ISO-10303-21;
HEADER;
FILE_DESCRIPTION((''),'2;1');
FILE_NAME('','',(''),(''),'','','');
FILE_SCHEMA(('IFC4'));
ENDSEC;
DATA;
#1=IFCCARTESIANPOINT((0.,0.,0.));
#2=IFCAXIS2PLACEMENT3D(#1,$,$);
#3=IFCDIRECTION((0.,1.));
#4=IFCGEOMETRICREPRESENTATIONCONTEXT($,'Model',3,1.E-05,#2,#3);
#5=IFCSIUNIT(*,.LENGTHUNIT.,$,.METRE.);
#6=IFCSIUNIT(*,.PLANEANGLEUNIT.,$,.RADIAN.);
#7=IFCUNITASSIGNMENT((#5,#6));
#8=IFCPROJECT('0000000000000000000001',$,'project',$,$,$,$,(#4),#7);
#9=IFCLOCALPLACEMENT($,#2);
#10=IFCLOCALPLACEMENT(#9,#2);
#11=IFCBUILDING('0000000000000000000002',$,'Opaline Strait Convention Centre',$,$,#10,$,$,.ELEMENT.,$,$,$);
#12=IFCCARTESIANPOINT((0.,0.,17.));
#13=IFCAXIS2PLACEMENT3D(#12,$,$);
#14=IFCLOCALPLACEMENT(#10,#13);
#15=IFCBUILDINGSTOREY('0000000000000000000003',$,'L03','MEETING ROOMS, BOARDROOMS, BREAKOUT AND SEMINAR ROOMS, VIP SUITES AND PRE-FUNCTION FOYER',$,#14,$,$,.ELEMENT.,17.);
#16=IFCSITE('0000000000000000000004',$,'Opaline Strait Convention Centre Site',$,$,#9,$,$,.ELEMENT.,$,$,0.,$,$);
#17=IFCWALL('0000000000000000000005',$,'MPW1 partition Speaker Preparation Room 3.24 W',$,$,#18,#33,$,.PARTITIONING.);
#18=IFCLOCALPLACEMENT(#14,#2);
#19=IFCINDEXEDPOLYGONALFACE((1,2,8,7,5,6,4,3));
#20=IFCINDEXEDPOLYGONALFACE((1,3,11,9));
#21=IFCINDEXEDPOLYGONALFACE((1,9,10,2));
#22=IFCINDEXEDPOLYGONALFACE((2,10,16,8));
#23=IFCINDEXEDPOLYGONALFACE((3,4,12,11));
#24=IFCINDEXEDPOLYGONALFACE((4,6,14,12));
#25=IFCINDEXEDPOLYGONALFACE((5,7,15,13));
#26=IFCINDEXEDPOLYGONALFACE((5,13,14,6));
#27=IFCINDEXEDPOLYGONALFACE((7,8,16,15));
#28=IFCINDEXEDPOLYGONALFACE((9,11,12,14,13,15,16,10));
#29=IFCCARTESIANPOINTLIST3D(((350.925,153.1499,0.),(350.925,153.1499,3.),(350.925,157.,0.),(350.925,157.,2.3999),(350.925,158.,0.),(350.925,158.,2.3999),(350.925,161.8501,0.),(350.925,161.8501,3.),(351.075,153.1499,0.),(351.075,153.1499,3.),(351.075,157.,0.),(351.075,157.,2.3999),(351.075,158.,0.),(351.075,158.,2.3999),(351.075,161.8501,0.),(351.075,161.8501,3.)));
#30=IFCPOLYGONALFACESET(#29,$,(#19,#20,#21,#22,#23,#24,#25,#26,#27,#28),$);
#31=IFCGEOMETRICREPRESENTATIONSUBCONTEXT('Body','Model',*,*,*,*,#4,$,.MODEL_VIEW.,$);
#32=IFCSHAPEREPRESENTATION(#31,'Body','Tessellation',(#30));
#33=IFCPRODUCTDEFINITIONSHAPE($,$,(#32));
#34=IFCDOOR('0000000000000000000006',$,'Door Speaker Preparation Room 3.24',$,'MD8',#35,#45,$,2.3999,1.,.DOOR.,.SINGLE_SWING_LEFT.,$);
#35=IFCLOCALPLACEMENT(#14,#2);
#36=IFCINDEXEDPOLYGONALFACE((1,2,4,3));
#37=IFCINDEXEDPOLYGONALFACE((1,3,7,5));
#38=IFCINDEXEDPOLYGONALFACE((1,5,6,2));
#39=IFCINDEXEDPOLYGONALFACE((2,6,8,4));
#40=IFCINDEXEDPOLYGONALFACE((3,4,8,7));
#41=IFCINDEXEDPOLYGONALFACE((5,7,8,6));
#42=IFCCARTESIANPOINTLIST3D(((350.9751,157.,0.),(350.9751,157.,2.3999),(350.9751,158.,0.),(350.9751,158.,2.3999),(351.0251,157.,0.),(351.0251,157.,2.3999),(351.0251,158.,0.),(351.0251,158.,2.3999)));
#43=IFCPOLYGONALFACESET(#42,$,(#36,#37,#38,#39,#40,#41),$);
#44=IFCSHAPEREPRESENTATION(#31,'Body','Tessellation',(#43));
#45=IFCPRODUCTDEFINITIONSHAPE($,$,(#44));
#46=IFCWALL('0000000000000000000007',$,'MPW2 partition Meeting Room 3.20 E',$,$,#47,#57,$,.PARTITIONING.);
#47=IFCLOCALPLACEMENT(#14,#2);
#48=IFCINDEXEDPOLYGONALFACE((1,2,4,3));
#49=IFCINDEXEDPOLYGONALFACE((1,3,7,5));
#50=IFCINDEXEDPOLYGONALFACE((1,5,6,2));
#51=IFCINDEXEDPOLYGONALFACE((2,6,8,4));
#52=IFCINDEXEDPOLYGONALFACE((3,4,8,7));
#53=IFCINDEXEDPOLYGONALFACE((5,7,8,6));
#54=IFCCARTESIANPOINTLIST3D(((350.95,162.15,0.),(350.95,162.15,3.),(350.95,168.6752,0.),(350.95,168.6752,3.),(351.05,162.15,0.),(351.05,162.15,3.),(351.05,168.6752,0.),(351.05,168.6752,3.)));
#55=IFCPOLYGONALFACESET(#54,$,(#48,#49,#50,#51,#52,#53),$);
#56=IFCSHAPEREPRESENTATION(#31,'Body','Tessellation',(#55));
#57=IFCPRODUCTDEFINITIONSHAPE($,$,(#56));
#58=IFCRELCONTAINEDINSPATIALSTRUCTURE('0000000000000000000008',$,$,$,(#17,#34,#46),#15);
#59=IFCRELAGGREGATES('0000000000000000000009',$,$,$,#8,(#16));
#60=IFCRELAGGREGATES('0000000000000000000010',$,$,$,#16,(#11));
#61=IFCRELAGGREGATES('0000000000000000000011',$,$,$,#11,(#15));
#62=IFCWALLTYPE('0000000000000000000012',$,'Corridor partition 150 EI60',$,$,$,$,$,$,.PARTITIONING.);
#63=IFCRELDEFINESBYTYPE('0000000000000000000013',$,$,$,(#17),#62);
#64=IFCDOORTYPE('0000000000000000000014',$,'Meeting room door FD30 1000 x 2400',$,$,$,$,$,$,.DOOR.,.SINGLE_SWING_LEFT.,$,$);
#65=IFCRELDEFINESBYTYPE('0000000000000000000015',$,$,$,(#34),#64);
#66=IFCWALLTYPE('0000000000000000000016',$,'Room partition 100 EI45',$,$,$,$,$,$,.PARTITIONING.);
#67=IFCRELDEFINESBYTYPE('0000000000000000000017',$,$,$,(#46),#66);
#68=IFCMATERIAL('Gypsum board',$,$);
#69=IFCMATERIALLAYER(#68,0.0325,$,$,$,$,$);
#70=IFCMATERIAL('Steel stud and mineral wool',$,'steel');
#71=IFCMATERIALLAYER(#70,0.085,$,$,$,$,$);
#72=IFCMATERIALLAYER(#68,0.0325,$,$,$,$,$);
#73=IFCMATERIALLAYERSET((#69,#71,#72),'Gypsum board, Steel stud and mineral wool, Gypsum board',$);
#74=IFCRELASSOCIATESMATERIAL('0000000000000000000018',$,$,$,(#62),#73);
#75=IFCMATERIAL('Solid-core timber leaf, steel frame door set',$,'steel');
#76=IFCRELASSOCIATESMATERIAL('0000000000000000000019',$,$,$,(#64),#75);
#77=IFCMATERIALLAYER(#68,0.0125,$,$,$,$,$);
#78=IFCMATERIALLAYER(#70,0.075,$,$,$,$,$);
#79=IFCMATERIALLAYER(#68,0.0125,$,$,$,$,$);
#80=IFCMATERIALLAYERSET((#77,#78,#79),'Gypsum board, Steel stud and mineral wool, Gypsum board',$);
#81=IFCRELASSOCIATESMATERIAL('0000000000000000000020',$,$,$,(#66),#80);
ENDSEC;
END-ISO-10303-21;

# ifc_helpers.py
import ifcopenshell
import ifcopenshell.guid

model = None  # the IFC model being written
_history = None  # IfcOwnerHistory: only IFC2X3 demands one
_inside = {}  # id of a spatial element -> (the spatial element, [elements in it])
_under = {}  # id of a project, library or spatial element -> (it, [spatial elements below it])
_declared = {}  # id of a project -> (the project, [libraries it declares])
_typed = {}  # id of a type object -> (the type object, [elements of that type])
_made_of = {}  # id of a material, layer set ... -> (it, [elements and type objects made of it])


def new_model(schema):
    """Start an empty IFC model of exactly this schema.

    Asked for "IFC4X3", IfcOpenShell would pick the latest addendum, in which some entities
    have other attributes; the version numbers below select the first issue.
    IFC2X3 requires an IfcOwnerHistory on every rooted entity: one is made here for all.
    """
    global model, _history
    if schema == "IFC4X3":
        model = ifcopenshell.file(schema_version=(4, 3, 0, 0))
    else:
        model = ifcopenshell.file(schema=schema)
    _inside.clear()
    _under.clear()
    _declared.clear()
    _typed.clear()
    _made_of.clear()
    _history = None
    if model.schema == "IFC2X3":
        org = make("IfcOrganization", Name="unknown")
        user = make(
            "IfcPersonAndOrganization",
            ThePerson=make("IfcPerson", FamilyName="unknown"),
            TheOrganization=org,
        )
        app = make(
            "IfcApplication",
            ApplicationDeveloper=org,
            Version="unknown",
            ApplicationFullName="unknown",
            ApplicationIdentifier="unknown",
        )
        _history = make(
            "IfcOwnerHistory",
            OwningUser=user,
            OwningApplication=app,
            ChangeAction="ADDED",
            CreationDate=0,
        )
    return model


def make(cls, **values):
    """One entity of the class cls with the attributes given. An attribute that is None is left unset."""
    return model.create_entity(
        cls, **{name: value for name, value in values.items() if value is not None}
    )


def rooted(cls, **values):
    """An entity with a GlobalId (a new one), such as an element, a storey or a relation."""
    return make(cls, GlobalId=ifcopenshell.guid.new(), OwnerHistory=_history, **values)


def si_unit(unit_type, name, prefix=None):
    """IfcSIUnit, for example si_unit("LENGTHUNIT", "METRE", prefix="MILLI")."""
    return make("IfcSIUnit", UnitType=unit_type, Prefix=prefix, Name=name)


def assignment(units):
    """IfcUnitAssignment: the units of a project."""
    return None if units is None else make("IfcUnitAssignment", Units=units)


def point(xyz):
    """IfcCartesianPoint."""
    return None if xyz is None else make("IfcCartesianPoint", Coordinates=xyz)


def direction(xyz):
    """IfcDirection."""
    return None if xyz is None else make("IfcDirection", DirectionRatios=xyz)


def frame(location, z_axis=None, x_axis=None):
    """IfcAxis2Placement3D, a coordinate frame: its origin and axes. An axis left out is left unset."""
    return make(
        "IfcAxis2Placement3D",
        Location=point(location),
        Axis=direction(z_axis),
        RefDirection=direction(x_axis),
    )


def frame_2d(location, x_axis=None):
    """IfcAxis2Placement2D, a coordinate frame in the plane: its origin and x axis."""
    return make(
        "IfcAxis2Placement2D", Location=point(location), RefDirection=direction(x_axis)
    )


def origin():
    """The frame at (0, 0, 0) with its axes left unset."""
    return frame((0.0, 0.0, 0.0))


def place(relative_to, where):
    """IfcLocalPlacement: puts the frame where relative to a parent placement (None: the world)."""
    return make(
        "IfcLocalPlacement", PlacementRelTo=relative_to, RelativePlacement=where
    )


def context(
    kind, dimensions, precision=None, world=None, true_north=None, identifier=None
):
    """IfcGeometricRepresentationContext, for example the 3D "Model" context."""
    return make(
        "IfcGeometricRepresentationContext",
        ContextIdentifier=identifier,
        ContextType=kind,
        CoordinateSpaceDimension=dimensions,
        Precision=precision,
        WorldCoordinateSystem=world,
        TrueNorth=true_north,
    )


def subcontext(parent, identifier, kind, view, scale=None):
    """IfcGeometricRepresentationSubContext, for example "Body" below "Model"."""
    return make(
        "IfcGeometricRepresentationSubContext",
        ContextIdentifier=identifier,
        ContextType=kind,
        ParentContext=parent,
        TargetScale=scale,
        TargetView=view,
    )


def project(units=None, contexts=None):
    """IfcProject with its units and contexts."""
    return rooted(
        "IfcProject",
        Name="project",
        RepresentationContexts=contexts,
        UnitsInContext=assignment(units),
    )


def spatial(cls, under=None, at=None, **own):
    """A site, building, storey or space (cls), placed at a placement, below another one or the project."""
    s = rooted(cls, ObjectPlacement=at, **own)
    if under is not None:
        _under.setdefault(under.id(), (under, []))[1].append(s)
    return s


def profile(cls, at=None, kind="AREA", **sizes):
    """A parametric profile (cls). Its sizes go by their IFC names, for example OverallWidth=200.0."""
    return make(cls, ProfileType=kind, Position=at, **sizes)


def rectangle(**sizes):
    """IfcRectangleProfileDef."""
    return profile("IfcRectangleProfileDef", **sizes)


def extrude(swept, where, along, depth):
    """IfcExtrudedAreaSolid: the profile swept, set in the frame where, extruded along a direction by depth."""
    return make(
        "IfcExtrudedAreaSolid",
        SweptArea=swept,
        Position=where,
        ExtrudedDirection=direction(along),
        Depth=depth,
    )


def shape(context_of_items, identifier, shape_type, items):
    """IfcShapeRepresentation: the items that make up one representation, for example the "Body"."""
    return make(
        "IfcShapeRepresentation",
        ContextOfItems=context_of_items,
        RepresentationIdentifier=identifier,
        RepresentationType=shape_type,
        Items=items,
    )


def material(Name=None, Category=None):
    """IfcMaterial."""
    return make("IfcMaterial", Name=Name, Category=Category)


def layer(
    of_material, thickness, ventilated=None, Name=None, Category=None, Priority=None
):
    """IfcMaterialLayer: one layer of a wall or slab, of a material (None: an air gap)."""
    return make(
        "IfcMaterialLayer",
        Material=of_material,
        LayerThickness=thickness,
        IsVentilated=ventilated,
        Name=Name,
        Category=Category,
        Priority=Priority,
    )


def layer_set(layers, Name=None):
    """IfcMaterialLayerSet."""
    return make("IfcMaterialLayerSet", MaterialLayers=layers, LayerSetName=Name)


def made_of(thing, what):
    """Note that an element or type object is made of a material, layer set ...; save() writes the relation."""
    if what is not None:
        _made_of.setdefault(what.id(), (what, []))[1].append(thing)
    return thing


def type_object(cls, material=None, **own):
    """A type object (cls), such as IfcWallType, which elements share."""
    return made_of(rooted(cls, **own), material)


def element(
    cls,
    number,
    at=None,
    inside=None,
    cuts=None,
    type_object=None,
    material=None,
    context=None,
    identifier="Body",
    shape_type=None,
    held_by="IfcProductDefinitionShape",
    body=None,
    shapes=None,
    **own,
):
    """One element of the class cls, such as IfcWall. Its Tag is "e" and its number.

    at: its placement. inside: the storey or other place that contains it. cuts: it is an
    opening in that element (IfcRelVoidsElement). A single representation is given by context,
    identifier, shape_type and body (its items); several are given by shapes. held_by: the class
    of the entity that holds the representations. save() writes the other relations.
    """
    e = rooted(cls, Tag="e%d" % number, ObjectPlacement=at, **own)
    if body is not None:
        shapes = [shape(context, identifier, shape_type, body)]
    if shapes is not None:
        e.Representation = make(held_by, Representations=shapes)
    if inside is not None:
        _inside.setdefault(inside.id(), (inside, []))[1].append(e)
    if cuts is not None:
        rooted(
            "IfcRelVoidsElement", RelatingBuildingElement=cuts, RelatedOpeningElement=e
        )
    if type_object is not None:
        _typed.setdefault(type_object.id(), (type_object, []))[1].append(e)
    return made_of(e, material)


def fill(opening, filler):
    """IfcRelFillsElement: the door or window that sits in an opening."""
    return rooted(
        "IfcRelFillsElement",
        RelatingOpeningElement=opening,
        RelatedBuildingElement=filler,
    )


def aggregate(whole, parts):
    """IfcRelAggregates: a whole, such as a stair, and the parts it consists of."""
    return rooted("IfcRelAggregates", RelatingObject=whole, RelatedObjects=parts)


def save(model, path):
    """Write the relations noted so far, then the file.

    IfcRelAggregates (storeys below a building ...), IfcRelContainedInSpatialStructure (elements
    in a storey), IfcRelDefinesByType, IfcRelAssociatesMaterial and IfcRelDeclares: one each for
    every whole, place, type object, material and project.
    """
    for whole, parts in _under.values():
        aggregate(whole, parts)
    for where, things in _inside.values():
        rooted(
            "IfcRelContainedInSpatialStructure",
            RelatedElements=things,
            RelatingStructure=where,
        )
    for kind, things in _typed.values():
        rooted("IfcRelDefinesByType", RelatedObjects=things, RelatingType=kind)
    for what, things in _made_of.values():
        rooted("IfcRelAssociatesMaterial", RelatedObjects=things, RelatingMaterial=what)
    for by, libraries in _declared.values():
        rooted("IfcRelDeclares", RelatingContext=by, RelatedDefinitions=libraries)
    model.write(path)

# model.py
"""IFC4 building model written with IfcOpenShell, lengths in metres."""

from ifc_helpers import new_model, si_unit, direction, frame, frame_2d, origin, place, context, subcontext, project, spatial, rectangle, extrude, material, layer, layer_set, type_object, element, fill, save


model = new_model("IFC4")

# Units and contexts
model_context = context("Model", 3, precision=1e-05, world=origin(), true_north=direction((0.0, 1.0)))
body_context = subcontext(model_context, "Body", "Model", "MODEL_VIEW")
ifc_project = project(units=[si_unit("LENGTHUNIT", "METRE"), si_unit("PLANEANGLEUNIT", "RADIAN")], contexts=[model_context])

# Site, building, storey
site_placement = place(None, origin())
site = spatial("IfcSite", under=ifc_project, at=site_placement, Name="Opaline Strait Convention Centre Site", CompositionType="ELEMENT", RefElevation=0.0)
building_placement = place(site_placement, origin())
building = spatial("IfcBuilding", under=site, at=building_placement, Name="Opaline Strait Convention Centre", CompositionType="ELEMENT")
storey_placement = place(building_placement, frame((0.0, 0.0, 17.0)))
storey = spatial("IfcBuildingStorey", under=building, at=storey_placement, Name="L03", Description="MEETING ROOMS, BOARDROOMS, BREAKOUT AND SEMINAR ROOMS, VIP SUITES AND PRE-FUNCTION FOYER", CompositionType="ELEMENT", Elevation=17.0)

# Shared definitions
ifc_material_1 = material(Name="Gypsum board")
ifc_material_2 = material(Name="Steel stud and mineral wool", Category="steel")
ifc_layer_1 = layer(ifc_material_1, 0.0325)
ifc_layer_2 = layer(ifc_material_2, 0.085)
ifc_layer_3 = layer(ifc_material_1, 0.0325)
ifc_layer_set_1 = layer_set([ifc_layer_1, ifc_layer_2, ifc_layer_3], Name="Gypsum board, Steel stud and mineral wool, Gypsum board")
wall_type_1 = type_object("IfcWallType", Name="Corridor partition 150 EI60", PredefinedType="PARTITIONING", material=ifc_layer_set_1)

# Wall, opening, door
wall_1_placement = place(storey_placement, frame((351.0, 153.1499, 0.0), z_axis=(0.0, 0.0, 1.0), x_axis=(0.0, 1.0, 0.0)))
wall_1 = element("IfcWall", 1, at=wall_1_placement, inside=storey, type_object=wall_type_1, Name="MPW1 partition Speaker Preparation Room 3.24 W", PredefinedType="PARTITIONING", context=body_context, shape_type="SweptSolid", body=[
    extrude(rectangle(XDim=8.7002, YDim=0.1499, at=frame_2d((4.3501, 0.0))), origin(), (0.0, 0.0, 1.0), 3.0),
])
opening_placement = place(wall_1_placement, frame((3.8501, 0.0, 0.0)))
opening = element("IfcOpeningElement", 2, at=opening_placement, cuts=wall_1, PredefinedType="OPENING", context=body_context, shape_type="SweptSolid", body=[
    extrude(rectangle(XDim=1.0, YDim=2.3999, at=frame_2d((0.5, 1.2))), frame((0.0, 0.085, 0.0), z_axis=(0.0, -1.0, 0.0), x_axis=(1.0, 0.0, 0.0)), (0.0, 0.0, 1.0), 0.1699),
])
ifc_material_3 = material(Name="Solid-core timber leaf, steel frame door set", Category="steel")
door_type = type_object("IfcDoorType", Name="Meeting room door FD30 1000 x 2400", OperationType="SINGLE_SWING_LEFT", PredefinedType="DOOR", material=ifc_material_3)
door_placement = place(opening_placement, origin())
door = element("IfcDoor", 3, at=door_placement, inside=storey, type_object=door_type, Name="Door Speaker Preparation Room 3.24", ObjectType="MD8", OperationType="SINGLE_SWING_LEFT", OverallHeight=2.3999, OverallWidth=1.0, PredefinedType="DOOR", context=body_context, shape_type="SweptSolid", body=[
    extrude(rectangle(XDim=1.0, YDim=2.3999, at=frame_2d((0.5, 1.2))), frame((0.0, 0.0249, 0.0), z_axis=(0.0, -1.0, 0.0), x_axis=(1.0, 0.0, 0.0)), (0.0, 0.0, 1.0), 0.05),
])
fill(opening, door)

# Wall
ifc_layer_4 = layer(ifc_material_1, 0.0125)
ifc_layer_5 = layer(ifc_material_2, 0.075)
ifc_layer_6 = layer(ifc_material_1, 0.0125)
ifc_layer_set_2 = layer_set([ifc_layer_4, ifc_layer_5, ifc_layer_6], Name="Gypsum board, Steel stud and mineral wool, Gypsum board")
wall_type_2 = type_object("IfcWallType", Name="Room partition 100 EI45", PredefinedType="PARTITIONING", material=ifc_layer_set_2)
wall_2_placement = place(storey_placement, frame((351.0, 162.1499, 0.0), z_axis=(0.0, 0.0, 1.0), x_axis=(0.0, 1.0, 0.0)))
element("IfcWall", 4, at=wall_2_placement, inside=storey, type_object=wall_type_2, Name="MPW2 partition Meeting Room 3.20 E", PredefinedType="PARTITIONING", context=body_context, shape_type="SweptSolid", body=[
    extrude(rectangle(XDim=6.5251, YDim=0.1001, at=frame_2d((3.2627, 0.0))), origin(), (0.0, 0.0, 1.0), 3.0),
])

save(model, "model.ifc")
